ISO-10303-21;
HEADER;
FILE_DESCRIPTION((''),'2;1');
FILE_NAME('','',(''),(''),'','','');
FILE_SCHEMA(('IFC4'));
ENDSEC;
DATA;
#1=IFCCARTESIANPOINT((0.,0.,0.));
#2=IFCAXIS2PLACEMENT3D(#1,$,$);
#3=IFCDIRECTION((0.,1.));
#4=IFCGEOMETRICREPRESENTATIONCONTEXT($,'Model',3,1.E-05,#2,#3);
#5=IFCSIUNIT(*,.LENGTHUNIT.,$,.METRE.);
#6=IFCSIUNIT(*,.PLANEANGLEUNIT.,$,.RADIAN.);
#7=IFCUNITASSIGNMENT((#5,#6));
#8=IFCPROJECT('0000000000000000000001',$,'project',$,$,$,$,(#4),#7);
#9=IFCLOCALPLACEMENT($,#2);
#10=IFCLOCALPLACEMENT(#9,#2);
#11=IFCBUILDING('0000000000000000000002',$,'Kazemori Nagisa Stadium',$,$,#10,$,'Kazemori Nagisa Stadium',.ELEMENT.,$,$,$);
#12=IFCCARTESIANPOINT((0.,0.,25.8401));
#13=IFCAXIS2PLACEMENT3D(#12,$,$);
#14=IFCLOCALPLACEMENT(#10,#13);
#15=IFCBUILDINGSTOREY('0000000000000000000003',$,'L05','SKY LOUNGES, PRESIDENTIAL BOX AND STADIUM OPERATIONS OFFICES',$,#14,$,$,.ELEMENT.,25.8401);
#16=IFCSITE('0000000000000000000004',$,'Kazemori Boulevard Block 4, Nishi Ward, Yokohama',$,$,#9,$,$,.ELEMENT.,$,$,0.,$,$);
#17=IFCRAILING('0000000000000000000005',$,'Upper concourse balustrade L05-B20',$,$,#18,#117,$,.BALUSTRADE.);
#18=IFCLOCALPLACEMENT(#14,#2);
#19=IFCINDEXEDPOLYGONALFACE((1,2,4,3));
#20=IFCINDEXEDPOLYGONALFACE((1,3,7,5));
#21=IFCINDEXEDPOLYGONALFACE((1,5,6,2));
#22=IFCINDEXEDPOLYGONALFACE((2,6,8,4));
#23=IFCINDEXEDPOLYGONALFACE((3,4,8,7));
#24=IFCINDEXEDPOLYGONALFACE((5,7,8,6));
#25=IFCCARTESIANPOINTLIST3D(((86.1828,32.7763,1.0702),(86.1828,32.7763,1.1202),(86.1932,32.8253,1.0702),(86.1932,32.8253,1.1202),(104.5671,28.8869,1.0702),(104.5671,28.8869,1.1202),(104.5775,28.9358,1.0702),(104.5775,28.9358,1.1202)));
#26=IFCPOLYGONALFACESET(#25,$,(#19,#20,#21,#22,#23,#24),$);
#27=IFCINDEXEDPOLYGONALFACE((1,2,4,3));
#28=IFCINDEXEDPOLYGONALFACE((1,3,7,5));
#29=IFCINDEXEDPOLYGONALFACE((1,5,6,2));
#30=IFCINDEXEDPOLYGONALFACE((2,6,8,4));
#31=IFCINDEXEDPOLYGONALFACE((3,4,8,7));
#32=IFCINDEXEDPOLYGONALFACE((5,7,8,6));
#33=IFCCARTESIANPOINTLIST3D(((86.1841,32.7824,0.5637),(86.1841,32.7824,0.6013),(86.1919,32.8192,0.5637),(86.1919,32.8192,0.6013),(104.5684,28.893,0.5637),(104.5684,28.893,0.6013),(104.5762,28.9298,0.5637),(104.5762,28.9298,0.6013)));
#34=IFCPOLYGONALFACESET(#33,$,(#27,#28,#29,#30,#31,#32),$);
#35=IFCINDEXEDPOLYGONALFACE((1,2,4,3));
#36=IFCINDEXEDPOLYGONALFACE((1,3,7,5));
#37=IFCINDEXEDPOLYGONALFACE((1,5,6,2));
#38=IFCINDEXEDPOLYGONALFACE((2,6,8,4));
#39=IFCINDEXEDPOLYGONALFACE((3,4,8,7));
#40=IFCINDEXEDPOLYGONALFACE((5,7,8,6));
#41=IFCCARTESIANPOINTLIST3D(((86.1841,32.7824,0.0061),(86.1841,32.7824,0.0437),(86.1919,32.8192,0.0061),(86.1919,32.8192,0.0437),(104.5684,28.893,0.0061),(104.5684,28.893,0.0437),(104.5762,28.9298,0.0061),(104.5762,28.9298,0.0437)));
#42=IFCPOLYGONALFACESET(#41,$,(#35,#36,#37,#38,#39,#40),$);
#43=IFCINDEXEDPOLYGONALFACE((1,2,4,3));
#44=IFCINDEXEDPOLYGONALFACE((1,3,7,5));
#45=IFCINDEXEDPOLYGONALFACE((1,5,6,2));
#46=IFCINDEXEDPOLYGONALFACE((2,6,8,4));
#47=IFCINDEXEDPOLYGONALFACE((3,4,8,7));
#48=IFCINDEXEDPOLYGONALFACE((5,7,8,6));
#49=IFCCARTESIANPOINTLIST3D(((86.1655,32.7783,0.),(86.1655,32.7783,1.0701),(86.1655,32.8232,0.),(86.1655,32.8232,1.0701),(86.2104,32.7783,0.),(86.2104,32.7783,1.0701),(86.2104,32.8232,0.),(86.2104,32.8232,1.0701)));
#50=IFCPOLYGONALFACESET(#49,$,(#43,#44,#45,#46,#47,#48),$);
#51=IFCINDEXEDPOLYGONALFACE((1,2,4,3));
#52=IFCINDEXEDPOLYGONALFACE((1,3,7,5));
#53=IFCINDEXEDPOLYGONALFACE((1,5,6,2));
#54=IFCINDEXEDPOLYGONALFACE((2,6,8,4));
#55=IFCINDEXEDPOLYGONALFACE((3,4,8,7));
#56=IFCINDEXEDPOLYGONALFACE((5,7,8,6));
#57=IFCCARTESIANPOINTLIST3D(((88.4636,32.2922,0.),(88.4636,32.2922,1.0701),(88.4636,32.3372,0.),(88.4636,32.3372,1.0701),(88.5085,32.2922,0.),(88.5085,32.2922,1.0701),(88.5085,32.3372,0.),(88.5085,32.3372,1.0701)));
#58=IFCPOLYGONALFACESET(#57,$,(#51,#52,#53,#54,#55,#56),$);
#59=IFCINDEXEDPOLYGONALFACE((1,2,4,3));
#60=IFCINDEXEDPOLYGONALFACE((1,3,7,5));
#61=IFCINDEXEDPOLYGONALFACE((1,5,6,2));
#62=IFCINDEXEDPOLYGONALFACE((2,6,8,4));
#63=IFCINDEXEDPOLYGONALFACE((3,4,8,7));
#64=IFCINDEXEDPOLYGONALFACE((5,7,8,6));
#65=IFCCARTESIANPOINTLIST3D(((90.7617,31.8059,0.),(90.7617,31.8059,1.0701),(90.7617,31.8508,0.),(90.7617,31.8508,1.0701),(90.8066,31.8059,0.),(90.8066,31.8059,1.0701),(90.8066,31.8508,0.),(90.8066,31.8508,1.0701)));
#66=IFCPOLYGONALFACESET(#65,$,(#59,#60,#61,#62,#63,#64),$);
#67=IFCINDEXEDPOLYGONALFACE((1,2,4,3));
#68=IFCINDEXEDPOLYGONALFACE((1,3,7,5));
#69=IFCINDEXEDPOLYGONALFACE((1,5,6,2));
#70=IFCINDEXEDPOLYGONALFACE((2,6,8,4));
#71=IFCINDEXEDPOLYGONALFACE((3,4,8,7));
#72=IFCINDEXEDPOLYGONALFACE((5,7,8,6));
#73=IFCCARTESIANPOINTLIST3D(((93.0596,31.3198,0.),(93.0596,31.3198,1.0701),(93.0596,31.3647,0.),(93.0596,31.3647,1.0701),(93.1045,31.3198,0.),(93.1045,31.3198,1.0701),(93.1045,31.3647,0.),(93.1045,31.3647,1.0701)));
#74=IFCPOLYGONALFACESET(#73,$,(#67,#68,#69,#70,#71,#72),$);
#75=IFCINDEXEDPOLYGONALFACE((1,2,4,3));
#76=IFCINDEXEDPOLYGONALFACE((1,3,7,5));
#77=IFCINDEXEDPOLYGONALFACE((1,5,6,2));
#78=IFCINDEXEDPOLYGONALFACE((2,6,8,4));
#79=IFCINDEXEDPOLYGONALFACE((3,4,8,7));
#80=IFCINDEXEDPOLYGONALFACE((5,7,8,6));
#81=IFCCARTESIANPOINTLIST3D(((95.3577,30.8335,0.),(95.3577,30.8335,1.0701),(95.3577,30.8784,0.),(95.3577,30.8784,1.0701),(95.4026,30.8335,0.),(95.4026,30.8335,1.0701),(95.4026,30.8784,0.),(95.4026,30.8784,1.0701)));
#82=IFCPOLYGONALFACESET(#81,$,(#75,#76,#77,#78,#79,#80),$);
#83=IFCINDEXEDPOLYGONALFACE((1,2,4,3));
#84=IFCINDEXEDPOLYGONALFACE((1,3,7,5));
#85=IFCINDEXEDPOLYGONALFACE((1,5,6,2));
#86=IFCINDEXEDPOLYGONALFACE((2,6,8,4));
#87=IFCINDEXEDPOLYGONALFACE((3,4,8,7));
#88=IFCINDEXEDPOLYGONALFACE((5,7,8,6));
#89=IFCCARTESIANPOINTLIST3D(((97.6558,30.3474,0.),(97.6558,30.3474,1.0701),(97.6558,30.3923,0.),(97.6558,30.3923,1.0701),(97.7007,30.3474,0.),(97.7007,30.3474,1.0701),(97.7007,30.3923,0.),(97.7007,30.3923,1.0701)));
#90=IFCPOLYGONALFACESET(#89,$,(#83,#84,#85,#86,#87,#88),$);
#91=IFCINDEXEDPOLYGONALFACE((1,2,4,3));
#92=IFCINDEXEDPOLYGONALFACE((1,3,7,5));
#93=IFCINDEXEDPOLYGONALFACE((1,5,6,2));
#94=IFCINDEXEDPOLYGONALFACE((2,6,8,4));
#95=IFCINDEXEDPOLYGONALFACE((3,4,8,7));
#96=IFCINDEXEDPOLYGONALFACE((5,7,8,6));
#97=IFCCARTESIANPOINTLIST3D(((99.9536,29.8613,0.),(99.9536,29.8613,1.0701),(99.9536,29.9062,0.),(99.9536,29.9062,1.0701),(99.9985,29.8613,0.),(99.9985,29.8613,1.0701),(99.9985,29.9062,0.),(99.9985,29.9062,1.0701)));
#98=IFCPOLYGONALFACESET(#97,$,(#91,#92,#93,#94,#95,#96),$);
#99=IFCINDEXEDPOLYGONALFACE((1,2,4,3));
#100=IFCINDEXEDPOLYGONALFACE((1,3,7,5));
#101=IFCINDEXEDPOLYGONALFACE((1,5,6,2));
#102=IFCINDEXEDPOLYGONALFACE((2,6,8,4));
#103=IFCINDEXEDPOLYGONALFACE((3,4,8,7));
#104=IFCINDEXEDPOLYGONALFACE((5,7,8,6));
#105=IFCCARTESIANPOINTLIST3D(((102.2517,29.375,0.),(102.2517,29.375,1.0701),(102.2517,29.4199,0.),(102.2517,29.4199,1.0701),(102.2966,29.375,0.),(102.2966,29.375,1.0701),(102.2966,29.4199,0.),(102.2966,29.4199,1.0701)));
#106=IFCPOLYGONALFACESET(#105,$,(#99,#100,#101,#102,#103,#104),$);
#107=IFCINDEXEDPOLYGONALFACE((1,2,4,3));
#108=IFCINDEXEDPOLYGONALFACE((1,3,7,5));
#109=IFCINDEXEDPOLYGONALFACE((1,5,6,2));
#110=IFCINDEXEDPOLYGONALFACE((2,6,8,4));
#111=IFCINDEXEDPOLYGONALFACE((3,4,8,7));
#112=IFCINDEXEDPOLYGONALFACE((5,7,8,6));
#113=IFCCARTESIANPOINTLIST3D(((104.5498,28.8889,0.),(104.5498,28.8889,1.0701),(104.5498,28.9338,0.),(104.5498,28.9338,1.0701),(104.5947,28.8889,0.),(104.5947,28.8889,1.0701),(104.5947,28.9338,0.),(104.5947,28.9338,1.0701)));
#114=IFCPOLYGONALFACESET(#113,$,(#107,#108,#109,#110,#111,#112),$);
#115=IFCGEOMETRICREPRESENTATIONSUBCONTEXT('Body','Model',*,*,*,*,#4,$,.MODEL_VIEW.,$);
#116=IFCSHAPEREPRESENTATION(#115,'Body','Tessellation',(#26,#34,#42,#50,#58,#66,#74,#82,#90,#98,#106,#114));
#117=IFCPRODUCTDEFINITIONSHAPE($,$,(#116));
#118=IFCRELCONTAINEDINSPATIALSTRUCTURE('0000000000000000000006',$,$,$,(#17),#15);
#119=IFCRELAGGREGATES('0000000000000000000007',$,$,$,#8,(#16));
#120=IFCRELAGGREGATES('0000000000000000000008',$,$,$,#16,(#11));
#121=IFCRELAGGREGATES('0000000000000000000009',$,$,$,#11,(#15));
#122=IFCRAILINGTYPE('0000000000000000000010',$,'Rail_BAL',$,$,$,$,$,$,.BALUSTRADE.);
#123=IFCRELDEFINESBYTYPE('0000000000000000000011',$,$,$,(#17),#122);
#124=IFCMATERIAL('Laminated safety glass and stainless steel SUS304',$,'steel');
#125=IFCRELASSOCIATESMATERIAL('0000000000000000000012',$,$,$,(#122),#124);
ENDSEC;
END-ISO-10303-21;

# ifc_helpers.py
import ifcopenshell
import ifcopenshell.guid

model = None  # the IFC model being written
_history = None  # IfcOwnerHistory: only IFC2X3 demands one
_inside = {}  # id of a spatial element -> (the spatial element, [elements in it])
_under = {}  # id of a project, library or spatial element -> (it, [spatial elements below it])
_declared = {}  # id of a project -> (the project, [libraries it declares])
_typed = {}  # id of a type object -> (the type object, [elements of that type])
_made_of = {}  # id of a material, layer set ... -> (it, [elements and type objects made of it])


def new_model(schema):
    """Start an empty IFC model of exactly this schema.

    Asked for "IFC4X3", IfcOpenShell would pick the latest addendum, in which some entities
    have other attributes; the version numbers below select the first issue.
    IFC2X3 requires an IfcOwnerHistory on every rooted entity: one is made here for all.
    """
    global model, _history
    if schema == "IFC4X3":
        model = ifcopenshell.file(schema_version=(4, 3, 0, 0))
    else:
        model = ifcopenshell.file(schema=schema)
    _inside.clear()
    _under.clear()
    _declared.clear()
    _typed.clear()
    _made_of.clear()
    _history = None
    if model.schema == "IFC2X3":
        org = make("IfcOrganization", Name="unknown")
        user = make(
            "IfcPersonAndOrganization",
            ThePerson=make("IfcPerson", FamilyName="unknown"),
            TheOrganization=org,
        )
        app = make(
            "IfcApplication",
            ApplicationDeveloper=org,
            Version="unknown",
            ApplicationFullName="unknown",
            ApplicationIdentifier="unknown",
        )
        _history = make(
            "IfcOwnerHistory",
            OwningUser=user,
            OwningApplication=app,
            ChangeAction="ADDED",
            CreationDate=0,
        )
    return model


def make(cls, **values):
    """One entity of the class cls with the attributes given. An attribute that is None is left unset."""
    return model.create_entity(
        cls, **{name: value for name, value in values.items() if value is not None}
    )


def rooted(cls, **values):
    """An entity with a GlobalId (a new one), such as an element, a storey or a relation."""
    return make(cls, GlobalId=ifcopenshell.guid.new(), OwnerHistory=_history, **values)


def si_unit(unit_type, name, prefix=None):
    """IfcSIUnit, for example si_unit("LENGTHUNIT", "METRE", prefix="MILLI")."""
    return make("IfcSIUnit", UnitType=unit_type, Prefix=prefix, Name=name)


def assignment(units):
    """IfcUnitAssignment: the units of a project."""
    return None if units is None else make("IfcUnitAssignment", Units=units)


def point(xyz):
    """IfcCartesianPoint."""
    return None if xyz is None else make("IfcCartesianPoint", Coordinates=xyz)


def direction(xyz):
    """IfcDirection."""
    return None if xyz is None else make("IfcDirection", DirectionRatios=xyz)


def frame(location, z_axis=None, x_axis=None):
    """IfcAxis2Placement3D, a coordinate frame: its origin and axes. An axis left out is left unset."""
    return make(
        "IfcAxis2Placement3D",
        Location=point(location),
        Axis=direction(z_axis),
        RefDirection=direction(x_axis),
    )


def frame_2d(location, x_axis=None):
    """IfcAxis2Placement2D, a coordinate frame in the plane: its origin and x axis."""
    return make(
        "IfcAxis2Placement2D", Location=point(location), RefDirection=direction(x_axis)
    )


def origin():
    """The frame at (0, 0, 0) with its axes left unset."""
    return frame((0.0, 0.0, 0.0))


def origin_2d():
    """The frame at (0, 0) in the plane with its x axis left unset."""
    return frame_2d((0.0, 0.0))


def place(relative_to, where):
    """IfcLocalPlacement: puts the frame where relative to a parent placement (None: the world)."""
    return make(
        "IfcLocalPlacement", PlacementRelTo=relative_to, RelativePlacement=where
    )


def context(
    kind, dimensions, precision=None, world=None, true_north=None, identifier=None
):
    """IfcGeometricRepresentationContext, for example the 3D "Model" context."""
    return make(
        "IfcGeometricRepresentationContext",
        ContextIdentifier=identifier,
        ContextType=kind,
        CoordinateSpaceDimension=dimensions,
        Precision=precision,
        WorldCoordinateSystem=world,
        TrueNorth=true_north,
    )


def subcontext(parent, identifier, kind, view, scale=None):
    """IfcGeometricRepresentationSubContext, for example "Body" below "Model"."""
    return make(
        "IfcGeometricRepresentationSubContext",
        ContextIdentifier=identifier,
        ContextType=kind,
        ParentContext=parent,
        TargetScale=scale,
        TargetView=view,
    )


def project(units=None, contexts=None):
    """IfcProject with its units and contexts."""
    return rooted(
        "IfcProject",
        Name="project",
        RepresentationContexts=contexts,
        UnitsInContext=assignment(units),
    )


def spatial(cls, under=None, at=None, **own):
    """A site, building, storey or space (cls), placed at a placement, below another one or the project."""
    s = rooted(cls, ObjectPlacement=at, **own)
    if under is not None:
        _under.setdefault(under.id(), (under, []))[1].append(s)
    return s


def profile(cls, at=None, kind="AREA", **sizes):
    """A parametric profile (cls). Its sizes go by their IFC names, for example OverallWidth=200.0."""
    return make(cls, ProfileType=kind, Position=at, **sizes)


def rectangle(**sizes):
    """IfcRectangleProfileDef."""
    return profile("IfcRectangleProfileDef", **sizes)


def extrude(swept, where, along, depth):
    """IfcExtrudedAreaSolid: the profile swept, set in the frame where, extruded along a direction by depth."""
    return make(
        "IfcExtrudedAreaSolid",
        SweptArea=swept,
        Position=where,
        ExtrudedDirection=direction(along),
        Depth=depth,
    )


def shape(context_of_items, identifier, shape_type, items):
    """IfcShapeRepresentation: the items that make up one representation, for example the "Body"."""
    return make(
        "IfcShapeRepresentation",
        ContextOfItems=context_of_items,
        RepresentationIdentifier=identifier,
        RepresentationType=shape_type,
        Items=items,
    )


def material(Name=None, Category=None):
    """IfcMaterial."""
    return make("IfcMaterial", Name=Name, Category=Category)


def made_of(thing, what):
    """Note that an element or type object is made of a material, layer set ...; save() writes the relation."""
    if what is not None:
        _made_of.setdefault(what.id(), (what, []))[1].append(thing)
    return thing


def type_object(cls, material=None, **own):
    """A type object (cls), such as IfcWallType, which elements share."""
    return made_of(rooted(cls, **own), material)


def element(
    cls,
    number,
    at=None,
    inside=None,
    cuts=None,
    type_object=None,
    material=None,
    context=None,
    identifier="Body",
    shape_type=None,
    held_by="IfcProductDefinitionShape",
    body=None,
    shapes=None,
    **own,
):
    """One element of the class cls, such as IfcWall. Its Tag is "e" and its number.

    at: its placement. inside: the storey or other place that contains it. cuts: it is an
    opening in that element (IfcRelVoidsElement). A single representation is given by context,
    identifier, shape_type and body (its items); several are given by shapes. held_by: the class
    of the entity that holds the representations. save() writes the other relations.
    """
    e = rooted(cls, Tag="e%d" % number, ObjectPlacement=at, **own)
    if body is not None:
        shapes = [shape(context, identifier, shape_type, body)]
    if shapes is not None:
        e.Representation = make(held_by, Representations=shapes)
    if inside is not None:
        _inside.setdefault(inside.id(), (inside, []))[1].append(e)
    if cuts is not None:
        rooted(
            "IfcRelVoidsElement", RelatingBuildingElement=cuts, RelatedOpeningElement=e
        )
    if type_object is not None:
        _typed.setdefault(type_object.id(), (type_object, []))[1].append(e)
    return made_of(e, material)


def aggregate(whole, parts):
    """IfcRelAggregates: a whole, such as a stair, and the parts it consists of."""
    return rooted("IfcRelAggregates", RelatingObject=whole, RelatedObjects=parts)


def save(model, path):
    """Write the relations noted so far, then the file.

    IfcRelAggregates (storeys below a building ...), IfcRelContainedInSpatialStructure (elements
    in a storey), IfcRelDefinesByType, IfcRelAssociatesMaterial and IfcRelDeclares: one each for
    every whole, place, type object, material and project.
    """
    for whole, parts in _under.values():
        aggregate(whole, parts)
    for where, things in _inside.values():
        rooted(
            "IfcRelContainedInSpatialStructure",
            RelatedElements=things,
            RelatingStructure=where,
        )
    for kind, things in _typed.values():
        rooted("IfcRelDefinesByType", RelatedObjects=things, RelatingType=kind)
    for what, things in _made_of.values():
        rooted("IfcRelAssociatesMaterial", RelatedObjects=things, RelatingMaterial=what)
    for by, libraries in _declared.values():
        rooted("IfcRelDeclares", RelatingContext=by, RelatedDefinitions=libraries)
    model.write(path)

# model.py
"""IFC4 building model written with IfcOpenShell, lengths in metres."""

from ifc_helpers import new_model, si_unit, direction, frame, origin, origin_2d, place, context, subcontext, project, spatial, rectangle, extrude, material, type_object, element, save


model = new_model("IFC4")

# Units and contexts
model_context = context("Model", 3, precision=1e-05, world=origin(), true_north=direction((0.0, 1.0)))
body_context = subcontext(model_context, "Body", "Model", "MODEL_VIEW")
ifc_project = project(units=[si_unit("LENGTHUNIT", "METRE"), si_unit("PLANEANGLEUNIT", "RADIAN")], contexts=[model_context])

# Site, building, storey
site_placement = place(None, origin())
site = spatial("IfcSite", under=ifc_project, at=site_placement, Name="Kazemori Boulevard Block 4, Nishi Ward, Yokohama", CompositionType="ELEMENT", RefElevation=0.0)
building_placement = place(site_placement, origin())
building = spatial("IfcBuilding", under=site, at=building_placement, Name="Kazemori Nagisa Stadium", LongName="Kazemori Nagisa Stadium", CompositionType="ELEMENT")
storey_placement = place(building_placement, frame((0.0, 0.0, 25.8401)))
storey = spatial("IfcBuildingStorey", under=building, at=storey_placement, Name="L05", Description="SKY LOUNGES, PRESIDENTIAL BOX AND STADIUM OPERATIONS OFFICES", CompositionType="ELEMENT", Elevation=25.8401)

# Railing
ifc_material_1 = material(Name="Laminated safety glass and stainless steel SUS304", Category="steel")
railing_type = type_object("IfcRailingType", Name="Rail_BAL", PredefinedType="BALUSTRADE", material=ifc_material_1)
railing_placement = place(storey_placement, frame((86.188, 32.8008, 0.0)))
element("IfcRailing", 1, at=railing_placement, inside=storey, type_object=railing_type, Name="Upper concourse balustrade L05-B20", PredefinedType="BALUSTRADE", context=body_context, shape_type="SweptSolid", body=[
    extrude(rectangle(XDim=0.05, YDim=0.05, at=origin_2d()), frame((0.0, 0.0, 1.0952), z_axis=(0.978345, -0.20698, 0.0), x_axis=(0.20698, 0.978345, 0.0)), (0.0, 0.0, 1.0), 18.7913),
    extrude(rectangle(XDim=0.0376, YDim=0.0376, at=origin_2d()), frame((0.0, 0.0, 0.5825), z_axis=(0.978345, -0.20698, 0.0), x_axis=(0.20698, 0.978345, 0.0)), (0.0, 0.0, 1.0), 18.7913),
    extrude(rectangle(XDim=0.0376, YDim=0.0376, at=origin_2d()), frame((0.0, 0.0, 0.0249), z_axis=(0.978345, -0.20698, 0.0), x_axis=(0.20698, 0.978345, 0.0)), (0.0, 0.0, 1.0), 18.7913),
    extrude(rectangle(XDim=0.0449, YDim=0.0449, at=origin_2d()), origin(), (0.0, 0.0, 1.0), 1.0701),
    extrude(rectangle(XDim=0.0449, YDim=0.0449, at=origin_2d()), frame((2.2981, -0.4861, 0.0)), (0.0, 0.0, 1.0), 1.0701),
    extrude(rectangle(XDim=0.0449, YDim=0.0449, at=origin_2d()), frame((4.5962, -0.9724, 0.0)), (0.0, 0.0, 1.0), 1.0701),
    extrude(rectangle(XDim=0.0449, YDim=0.0449, at=origin_2d()), frame((6.894, -1.4585, 0.0)), (0.0, 0.0, 1.0), 1.0701),
    extrude(rectangle(XDim=0.0449, YDim=0.0449, at=origin_2d()), frame((9.1921, -1.9448, 0.0)), (0.0, 0.0, 1.0), 1.0701),
    extrude(rectangle(XDim=0.0449, YDim=0.0449, at=origin_2d()), frame((11.4902, -2.4309, 0.0)), (0.0, 0.0, 1.0), 1.0701),
    extrude(rectangle(XDim=0.0449, YDim=0.0449, at=origin_2d()), frame((13.7881, -2.917, 0.0)), (0.0, 0.0, 1.0), 1.0701),
    extrude(rectangle(XDim=0.0449, YDim=0.0449, at=origin_2d()), frame((16.0862, -3.4033, 0.0)), (0.0, 0.0, 1.0), 1.0701),
    extrude(rectangle(XDim=0.0449, YDim=0.0449, at=origin_2d()), frame((18.3843, -3.8894, 0.0)), (0.0, 0.0, 1.0), 1.0701),
])

save(model, "model.ifc")
